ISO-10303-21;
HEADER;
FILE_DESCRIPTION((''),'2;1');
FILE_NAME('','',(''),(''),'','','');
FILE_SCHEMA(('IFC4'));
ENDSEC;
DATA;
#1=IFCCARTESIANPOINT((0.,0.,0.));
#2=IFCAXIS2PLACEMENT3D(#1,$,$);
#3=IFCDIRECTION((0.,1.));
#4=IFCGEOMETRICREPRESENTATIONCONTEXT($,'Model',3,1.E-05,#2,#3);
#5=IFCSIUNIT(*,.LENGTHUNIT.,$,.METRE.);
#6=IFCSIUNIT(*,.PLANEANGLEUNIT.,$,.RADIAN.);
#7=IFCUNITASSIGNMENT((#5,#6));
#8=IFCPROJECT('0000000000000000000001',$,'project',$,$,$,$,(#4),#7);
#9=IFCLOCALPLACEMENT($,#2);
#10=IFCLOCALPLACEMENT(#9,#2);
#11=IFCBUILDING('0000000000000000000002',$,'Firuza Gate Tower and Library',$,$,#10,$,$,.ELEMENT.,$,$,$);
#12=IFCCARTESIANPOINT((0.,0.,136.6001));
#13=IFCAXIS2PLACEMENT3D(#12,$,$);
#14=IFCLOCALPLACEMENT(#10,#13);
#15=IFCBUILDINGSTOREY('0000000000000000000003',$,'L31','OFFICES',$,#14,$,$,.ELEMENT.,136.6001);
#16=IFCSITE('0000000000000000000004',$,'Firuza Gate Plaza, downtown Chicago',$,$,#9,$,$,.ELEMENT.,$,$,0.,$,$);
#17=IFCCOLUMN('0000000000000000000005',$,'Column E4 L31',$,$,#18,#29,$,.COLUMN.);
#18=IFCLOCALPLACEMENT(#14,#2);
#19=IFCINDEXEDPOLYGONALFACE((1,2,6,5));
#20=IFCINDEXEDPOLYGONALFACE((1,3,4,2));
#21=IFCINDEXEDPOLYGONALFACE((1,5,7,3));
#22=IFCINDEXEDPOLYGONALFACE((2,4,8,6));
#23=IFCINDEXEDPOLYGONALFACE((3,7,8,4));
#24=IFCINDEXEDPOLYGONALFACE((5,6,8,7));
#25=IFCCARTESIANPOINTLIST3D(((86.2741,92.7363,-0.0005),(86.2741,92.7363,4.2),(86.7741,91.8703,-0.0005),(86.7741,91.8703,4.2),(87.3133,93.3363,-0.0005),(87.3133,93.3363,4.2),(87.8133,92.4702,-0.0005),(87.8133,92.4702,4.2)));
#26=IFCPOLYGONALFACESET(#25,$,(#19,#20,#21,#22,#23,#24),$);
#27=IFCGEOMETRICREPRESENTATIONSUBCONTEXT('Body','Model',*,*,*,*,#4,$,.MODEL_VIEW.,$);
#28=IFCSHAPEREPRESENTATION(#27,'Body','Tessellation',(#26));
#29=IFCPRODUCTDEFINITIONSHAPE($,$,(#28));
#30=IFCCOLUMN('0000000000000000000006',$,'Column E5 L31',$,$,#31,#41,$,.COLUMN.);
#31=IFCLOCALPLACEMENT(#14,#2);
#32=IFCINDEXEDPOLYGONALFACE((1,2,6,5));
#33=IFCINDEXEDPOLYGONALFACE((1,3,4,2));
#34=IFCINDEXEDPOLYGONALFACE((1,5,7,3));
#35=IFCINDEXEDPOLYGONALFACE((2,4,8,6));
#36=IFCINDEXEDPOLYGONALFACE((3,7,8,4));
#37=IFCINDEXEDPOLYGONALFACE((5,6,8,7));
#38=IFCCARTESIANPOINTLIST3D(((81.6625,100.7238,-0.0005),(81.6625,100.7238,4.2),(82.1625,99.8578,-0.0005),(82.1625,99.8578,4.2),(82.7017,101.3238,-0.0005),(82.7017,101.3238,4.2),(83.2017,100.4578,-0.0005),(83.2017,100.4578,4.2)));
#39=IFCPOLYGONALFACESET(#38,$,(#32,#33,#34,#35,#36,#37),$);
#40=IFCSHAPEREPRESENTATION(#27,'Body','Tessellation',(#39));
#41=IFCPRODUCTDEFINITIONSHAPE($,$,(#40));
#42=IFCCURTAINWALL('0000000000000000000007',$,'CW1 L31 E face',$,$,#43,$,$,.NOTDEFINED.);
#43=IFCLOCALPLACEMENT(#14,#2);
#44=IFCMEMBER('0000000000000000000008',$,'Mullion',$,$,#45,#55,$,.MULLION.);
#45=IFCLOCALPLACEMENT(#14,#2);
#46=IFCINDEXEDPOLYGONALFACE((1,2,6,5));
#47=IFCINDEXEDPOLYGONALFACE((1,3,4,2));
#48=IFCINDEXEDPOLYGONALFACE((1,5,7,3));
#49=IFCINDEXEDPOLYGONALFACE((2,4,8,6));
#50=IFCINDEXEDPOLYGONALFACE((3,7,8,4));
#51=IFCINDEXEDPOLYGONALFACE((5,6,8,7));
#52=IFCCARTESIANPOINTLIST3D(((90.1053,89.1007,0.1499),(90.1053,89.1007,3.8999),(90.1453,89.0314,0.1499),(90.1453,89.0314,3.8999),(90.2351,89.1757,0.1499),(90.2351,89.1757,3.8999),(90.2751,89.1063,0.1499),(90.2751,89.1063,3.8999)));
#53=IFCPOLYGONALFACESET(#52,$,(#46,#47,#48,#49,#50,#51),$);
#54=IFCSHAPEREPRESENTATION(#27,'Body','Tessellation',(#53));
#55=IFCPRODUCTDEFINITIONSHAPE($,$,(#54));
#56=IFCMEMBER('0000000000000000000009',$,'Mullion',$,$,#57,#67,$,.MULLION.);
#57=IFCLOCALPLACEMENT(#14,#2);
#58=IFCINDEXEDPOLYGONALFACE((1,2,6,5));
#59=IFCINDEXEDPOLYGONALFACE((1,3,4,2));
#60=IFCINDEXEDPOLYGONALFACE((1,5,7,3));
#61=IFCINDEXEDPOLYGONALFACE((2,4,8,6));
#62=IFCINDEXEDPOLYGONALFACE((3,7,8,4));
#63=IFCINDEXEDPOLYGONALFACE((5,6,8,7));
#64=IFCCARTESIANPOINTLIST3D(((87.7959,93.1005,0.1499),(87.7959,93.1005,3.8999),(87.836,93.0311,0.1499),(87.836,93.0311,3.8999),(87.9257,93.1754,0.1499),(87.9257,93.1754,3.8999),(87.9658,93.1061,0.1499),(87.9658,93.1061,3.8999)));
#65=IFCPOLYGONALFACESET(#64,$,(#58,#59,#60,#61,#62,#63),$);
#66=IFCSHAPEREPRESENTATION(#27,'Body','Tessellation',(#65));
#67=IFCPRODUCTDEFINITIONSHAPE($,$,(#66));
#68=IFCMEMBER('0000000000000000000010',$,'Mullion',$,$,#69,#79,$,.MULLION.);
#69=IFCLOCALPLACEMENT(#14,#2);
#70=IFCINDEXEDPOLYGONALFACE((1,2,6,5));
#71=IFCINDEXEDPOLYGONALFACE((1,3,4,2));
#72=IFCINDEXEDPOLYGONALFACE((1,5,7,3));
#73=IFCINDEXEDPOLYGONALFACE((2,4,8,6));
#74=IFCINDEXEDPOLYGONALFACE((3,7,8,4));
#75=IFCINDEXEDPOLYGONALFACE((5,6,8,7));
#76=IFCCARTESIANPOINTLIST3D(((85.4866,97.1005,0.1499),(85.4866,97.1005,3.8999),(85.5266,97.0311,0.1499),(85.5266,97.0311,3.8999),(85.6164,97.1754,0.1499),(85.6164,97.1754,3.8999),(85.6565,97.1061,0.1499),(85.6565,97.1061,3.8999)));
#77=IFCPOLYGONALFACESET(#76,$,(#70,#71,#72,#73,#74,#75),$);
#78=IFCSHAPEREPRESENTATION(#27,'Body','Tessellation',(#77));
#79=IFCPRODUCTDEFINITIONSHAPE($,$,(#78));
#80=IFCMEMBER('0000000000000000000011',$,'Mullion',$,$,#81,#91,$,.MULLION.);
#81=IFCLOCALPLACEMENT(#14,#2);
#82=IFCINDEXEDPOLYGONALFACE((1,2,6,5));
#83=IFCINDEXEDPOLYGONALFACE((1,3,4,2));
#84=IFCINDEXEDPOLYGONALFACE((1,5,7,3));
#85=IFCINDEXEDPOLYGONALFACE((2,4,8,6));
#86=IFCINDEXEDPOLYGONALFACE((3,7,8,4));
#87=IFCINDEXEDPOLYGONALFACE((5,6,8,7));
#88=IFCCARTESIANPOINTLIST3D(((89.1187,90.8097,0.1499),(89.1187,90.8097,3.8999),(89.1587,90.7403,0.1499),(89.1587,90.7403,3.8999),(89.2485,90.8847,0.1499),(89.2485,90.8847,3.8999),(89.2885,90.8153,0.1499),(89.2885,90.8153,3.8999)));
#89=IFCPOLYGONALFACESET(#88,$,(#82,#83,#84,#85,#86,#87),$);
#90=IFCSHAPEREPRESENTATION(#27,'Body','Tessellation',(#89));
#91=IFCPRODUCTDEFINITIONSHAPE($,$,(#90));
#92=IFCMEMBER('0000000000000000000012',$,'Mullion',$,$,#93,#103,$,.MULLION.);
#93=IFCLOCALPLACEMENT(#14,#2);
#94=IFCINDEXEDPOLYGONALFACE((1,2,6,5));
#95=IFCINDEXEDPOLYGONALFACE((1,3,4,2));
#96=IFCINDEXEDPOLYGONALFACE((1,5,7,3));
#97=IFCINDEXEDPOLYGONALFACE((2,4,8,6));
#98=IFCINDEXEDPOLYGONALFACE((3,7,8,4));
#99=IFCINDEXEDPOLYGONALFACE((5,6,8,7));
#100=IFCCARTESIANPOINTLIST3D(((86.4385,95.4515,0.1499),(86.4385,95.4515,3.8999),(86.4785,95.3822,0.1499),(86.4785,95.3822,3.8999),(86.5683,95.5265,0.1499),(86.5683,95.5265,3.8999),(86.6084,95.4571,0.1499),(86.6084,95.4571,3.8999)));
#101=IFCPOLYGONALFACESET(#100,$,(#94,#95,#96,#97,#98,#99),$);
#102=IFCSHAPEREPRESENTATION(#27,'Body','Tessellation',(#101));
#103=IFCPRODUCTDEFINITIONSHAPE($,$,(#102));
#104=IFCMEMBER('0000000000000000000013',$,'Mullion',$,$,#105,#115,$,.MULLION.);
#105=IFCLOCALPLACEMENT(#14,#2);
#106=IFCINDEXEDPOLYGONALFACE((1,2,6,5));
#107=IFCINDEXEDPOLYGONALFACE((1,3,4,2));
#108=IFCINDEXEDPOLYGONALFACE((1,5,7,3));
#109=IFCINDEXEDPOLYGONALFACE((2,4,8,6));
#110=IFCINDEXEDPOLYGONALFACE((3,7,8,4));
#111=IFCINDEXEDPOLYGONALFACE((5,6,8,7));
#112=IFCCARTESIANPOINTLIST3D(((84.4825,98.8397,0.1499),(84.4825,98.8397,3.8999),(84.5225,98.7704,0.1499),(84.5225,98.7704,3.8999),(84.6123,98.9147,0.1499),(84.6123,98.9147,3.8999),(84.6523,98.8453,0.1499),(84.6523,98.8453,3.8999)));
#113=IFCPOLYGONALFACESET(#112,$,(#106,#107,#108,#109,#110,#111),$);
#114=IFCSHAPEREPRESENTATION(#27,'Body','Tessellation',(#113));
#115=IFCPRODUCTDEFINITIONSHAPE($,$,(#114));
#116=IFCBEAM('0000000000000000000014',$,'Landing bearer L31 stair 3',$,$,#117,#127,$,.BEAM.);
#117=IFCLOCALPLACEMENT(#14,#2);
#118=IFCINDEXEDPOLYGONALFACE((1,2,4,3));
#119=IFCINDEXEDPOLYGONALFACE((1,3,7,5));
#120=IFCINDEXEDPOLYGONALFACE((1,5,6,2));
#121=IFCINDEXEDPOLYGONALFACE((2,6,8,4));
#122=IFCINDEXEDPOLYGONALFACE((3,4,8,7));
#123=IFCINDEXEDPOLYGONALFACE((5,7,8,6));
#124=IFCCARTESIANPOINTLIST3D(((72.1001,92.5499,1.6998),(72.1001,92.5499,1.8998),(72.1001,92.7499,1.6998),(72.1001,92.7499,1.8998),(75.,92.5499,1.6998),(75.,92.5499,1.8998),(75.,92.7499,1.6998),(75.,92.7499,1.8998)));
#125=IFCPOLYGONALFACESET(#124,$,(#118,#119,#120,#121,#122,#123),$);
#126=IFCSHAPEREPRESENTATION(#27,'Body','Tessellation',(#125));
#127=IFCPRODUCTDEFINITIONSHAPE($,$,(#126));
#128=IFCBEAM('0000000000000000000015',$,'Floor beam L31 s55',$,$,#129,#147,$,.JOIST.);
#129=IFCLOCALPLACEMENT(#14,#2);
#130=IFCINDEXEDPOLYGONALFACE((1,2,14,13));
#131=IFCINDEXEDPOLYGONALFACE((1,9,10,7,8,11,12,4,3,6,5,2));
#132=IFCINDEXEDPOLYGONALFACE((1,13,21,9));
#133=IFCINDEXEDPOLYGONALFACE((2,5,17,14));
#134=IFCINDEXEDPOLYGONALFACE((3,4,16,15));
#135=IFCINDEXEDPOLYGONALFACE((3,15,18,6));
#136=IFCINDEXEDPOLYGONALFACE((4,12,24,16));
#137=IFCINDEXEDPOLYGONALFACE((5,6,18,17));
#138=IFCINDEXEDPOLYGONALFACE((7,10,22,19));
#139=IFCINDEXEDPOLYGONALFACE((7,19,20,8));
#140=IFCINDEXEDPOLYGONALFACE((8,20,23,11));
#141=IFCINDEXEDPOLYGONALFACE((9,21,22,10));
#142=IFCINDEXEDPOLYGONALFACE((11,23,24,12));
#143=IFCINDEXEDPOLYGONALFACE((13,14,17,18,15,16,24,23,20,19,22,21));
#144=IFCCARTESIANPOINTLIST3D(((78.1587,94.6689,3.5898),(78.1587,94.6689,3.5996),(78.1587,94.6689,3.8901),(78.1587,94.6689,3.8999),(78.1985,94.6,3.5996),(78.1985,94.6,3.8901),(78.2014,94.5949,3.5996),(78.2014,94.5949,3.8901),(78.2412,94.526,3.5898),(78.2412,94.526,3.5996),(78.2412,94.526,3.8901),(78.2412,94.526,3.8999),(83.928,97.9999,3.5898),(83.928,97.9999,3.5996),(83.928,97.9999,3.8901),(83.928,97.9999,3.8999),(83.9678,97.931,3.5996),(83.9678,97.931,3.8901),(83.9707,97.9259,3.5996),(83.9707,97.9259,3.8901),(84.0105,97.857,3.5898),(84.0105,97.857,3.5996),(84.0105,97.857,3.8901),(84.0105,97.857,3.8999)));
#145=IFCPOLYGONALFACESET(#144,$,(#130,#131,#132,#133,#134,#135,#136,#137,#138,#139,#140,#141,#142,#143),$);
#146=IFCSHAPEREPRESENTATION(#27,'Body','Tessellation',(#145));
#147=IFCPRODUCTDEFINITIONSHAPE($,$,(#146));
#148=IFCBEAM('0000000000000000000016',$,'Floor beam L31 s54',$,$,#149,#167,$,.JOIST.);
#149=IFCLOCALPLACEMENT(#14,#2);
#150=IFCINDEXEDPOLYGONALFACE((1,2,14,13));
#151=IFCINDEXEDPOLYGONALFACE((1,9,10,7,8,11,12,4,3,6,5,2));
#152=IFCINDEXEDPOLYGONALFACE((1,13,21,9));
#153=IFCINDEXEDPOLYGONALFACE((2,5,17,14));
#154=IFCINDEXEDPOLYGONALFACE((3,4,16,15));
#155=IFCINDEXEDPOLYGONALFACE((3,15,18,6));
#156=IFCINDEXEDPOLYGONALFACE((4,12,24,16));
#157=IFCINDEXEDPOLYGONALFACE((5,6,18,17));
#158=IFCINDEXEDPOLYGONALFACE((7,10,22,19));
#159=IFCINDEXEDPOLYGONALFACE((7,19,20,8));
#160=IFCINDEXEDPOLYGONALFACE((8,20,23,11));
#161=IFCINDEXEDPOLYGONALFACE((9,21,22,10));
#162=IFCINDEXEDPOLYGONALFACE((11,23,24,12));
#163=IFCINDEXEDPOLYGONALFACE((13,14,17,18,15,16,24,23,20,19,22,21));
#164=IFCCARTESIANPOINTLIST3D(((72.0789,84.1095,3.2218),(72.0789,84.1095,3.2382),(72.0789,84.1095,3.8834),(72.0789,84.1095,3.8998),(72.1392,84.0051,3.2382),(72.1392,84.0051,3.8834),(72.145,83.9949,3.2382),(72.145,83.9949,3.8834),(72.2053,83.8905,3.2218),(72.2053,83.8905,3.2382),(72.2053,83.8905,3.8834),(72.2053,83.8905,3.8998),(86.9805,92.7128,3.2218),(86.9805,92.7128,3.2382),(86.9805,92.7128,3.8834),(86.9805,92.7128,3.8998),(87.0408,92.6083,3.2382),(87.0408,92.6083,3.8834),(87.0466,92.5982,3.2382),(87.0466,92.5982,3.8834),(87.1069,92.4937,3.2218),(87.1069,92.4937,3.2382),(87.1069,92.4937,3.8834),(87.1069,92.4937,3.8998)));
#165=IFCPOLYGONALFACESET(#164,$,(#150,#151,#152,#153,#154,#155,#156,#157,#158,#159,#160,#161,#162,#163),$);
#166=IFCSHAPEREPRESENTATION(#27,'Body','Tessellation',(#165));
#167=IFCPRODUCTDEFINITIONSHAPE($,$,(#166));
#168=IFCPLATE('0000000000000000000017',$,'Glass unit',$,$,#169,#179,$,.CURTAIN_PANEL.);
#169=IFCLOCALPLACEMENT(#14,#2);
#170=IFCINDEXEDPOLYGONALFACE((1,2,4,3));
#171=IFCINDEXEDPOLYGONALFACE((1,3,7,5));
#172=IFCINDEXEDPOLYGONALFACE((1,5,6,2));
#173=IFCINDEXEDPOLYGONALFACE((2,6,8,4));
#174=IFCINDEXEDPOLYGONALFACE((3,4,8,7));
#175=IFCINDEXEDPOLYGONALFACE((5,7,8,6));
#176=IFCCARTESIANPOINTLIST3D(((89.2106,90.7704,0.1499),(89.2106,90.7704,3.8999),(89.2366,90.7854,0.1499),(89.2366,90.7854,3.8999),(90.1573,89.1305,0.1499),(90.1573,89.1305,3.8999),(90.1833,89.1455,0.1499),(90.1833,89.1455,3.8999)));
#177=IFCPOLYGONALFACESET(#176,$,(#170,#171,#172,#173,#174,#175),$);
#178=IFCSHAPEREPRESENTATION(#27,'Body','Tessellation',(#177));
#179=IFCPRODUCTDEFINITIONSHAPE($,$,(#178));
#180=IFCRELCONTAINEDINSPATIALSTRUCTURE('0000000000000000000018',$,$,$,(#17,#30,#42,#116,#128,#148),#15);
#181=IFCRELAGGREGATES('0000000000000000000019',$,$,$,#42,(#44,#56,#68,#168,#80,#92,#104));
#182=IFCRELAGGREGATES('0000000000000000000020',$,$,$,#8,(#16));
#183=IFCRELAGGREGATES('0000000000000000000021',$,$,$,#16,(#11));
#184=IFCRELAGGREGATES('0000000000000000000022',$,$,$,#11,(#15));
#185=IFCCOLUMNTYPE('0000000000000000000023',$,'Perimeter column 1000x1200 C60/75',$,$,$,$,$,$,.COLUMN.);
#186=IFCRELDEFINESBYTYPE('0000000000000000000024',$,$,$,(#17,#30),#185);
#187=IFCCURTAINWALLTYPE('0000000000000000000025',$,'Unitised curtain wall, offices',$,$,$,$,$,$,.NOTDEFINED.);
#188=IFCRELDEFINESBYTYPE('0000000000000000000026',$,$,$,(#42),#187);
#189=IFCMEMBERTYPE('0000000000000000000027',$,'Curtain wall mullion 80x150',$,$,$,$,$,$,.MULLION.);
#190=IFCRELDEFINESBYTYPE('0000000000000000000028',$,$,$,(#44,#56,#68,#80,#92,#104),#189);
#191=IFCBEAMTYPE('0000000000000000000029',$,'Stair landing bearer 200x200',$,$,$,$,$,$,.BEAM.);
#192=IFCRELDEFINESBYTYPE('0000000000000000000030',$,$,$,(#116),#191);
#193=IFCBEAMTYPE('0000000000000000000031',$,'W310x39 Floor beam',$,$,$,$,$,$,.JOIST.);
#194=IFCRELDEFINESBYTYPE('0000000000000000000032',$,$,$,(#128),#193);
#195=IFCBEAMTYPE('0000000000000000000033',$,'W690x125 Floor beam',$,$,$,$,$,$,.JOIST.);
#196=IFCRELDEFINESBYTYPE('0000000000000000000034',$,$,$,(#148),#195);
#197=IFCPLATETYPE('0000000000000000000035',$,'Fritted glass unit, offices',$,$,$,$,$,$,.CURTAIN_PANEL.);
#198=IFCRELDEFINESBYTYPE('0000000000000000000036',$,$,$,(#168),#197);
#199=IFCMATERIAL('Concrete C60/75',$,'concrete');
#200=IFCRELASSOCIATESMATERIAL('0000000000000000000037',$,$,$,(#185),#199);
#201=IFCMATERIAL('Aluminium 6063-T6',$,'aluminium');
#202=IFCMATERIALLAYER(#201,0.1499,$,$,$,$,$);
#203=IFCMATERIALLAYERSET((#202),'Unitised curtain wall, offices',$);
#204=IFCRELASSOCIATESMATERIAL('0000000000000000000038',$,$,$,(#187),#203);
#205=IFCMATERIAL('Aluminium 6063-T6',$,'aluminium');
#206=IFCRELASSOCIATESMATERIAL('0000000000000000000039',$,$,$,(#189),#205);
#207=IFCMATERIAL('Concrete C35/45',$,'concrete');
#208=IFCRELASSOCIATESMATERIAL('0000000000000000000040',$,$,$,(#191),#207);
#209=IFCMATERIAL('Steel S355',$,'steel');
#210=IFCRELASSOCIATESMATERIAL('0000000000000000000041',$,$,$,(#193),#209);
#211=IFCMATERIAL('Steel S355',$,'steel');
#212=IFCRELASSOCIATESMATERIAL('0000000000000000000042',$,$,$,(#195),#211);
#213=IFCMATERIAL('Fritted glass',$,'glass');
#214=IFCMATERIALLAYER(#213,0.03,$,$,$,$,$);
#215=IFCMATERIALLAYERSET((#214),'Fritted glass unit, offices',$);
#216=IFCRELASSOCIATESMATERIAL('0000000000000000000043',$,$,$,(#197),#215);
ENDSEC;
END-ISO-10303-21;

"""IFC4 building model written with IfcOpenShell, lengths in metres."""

from ifc_helpers import new_model, si_unit, direction, frame, origin, origin_2d, place, context, subcontext, project, spatial, polyline, rectangle, i_section, outline, extrude, material, layer, layer_set, material_profile, profile_set, type_object, element, aggregate, save


model = new_model("IFC4")

# Units and contexts
model_context = context("Model", 3, precision=1e-05, world=origin(), true_north=direction((0.0, 1.0)))
body_context = subcontext(model_context, "Body", "Model", "MODEL_VIEW")
ifc_project = project(units=[si_unit("LENGTHUNIT", "METRE"), si_unit("PLANEANGLEUNIT", "RADIAN")], contexts=[model_context])

# Site, building, storey
site_placement = place(None, origin())
site = spatial("IfcSite", under=ifc_project, at=site_placement, Name="Firuza Gate Plaza, downtown Chicago", CompositionType="ELEMENT", RefElevation=0.0)
building_placement = place(site_placement, origin())
building = spatial("IfcBuilding", under=site, at=building_placement, Name="Firuza Gate Tower and Library", CompositionType="ELEMENT")
storey_placement = place(building_placement, frame((0.0, 0.0, 136.6001)))
storey = spatial("IfcBuildingStorey", under=building, at=storey_placement, Name="L31", Description="OFFICES", CompositionType="ELEMENT", Elevation=136.6001)

# Columns
ifc_material_1 = material(Name="Concrete C60/75", Category="concrete")
ifc_material_profile_1 = material_profile(ifc_material_1, rectangle(XDim=1.0, YDim=1.2, at=origin_2d()))
ifc_profile_set_1 = profile_set([ifc_material_profile_1], Name="Concrete C60/75")
column_type = type_object("IfcColumnType", Name="Perimeter column 1000x1200 C60/75", PredefinedType="COLUMN", material=ifc_profile_set_1)
for number, where, z_axis, x_axis, name in (
    (1, (87.0437, 92.6033, -0.0005), (0.0, 0.0, 1.0), (-0.5, 0.866025, 0.0), "Column E4 L31"),
    (2, (82.4321, 100.5908, -0.0005), (0.0, 0.0, 1.0), (-0.5, 0.866025, 0.0), "Column E5 L31"),
):
    element("IfcColumn", number, at=place(storey_placement, frame(where, z_axis=z_axis, x_axis=x_axis)), inside=storey, type_object=column_type, Name=name, PredefinedType="COLUMN", context=body_context, shape_type="SweptSolid", body=[
        extrude(rectangle(XDim=1.0, YDim=1.2, at=origin_2d()), origin(), (0.0, 0.0, 1.0), 4.2004),
    ])

# Curtain wall, members
ifc_material_2 = material(Name="Aluminium 6063-T6", Category="aluminium")
ifc_layer_1 = layer(ifc_material_2, 0.1499)
ifc_layer_set_1 = layer_set([ifc_layer_1], Name="Unitised curtain wall, offices")
curtain_wall_type = type_object("IfcCurtainWallType", Name="Unitised curtain wall, offices", PredefinedType="NOTDEFINED", material=ifc_layer_set_1)
placement = place(storey_placement, origin())
curtain_wall = element("IfcCurtainWall", 3, at=placement, inside=storey, type_object=curtain_wall_type, Name="CW1 L31 E face", PredefinedType="NOTDEFINED")
ifc_material_3 = material(Name="Aluminium 6063-T6", Category="aluminium")
ifc_material_profile_2 = material_profile(ifc_material_3, rectangle(XDim=0.1499, YDim=0.0801, at=origin_2d()))
ifc_profile_set_2 = profile_set([ifc_material_profile_2], Name="Aluminium 6063-T6")
member_type = type_object("IfcMemberType", Name="Curtain wall mullion 80x150", PredefinedType="MULLION", material=ifc_profile_set_2)
member_1_placement = place(storey_placement, frame((90.1902, 89.1035, 0.1499), z_axis=(0.0, 0.0, 1.0), x_axis=(-0.866025, -0.5, 0.0)))
member_1 = element("IfcMember", 4, at=member_1_placement, type_object=member_type, Name="Mullion", PredefinedType="MULLION", context=body_context, shape_type="SweptSolid", body=[
    extrude(rectangle(XDim=0.1499, YDim=0.0801, at=origin_2d()), origin(), (0.0, 0.0, 1.0), 3.75),
])
member_2_placement = place(storey_placement, frame((87.8809, 93.1033, 0.1499), z_axis=(0.0, 0.0, 1.0), x_axis=(-0.866025, -0.5, 0.0)))
member_2 = element("IfcMember", 5, at=member_2_placement, type_object=member_type, Name="Mullion", PredefinedType="MULLION", context=body_context, shape_type="SweptSolid", body=[
    extrude(rectangle(XDim=0.1499, YDim=0.0801, at=origin_2d()), origin(), (0.0, 0.0, 1.0), 3.75),
])
member_3_placement = place(storey_placement, frame((85.5715, 97.1033, 0.1499), z_axis=(0.0, 0.0, 1.0), x_axis=(-0.866025, -0.5, 0.0)))
member_3 = element("IfcMember", 6, at=member_3_placement, type_object=member_type, Name="Mullion", PredefinedType="MULLION", context=body_context, shape_type="SweptSolid", body=[
    extrude(rectangle(XDim=0.1499, YDim=0.0801, at=origin_2d()), origin(), (0.0, 0.0, 1.0), 3.75),
])
member_4_placement = place(storey_placement, frame((89.2036, 90.8125, 0.1499), z_axis=(0.0, 0.0, 1.0), x_axis=(-0.866025, -0.5, 0.0)))
member_4 = element("IfcMember", 7, at=member_4_placement, type_object=member_type, Name="Mullion", PredefinedType="MULLION", context=body_context, shape_type="SweptSolid", body=[
    extrude(rectangle(XDim=0.1499, YDim=0.0801, at=origin_2d()), origin(), (0.0, 0.0, 1.0), 3.75),
])
member_5_placement = place(storey_placement, frame((86.5234, 95.4543, 0.1499), z_axis=(0.0, 0.0, 1.0), x_axis=(-0.866025, -0.5, 0.0)))
member_5 = element("IfcMember", 8, at=member_5_placement, type_object=member_type, Name="Mullion", PredefinedType="MULLION", context=body_context, shape_type="SweptSolid", body=[
    extrude(rectangle(XDim=0.1499, YDim=0.0801, at=origin_2d()), origin(), (0.0, 0.0, 1.0), 3.75),
])
member_6_placement = place(storey_placement, frame((84.5674, 98.8425, 0.1499), z_axis=(0.0, 0.0, 1.0), x_axis=(-0.866025, -0.5, 0.0)))
member_6 = element("IfcMember", 9, at=member_6_placement, type_object=member_type, Name="Mullion", PredefinedType="MULLION", context=body_context, shape_type="SweptSolid", body=[
    extrude(rectangle(XDim=0.1499, YDim=0.0801, at=origin_2d()), origin(), (0.0, 0.0, 1.0), 3.75),
])

# Beams
ifc_material_4 = material(Name="Concrete C35/45", Category="concrete")
ifc_material_profile_3 = material_profile(ifc_material_4, rectangle(XDim=0.2, YDim=0.2, at=origin_2d()))
ifc_profile_set_3 = profile_set([ifc_material_profile_3], Name="Concrete C35/45")
beam_type_1 = type_object("IfcBeamType", Name="Stair landing bearer 200x200", PredefinedType="BEAM", material=ifc_profile_set_3)
beam_1_placement = place(storey_placement, frame((75.0, 92.6499, 1.7998), z_axis=(-1.0, 0.0, 0.0), x_axis=(0.0, -1.0, 0.0)))
element("IfcBeam", 10, at=beam_1_placement, inside=storey, type_object=beam_type_1, Name="Landing bearer L31 stair 3", PredefinedType="BEAM", context=body_context, shape_type="SweptSolid", body=[
    extrude(rectangle(XDim=0.2, YDim=0.2, at=origin_2d()), origin(), (0.0, 0.0, 1.0), 2.8999),
])
ifc_material_5 = material(Name="Steel S355", Category="steel")
ifc_material_profile_4 = material_profile(ifc_material_5, i_section(OverallWidth=0.165, OverallDepth=0.3101, WebThickness=0.0059, FlangeThickness=0.0098, at=origin_2d()))
ifc_profile_set_4 = profile_set([ifc_material_profile_4], Name="Steel S355")
beam_type_2 = type_object("IfcBeamType", Name="W310x39 Floor beam", PredefinedType="JOIST", material=ifc_profile_set_4)
beam_2_placement = place(storey_placement, frame((83.9692, 97.9285, 3.7449), z_axis=(-0.866015, -0.500017, 0.0), x_axis=(0.500017, -0.866015, 0.0)))
element("IfcBeam", 11, at=beam_2_placement, inside=storey, type_object=beam_type_2, Name="Floor beam L31 s55", PredefinedType="JOIST", context=body_context, shape_type="SweptSolid", body=[
    extrude(i_section(OverallWidth=0.165, OverallDepth=0.3101, WebThickness=0.0059, FlangeThickness=0.0098, at=origin_2d()), origin(), (0.0, 0.0, 1.0), 6.6619),
])
ifc_material_6 = material(Name="Steel S355", Category="steel")
ifc_material_profile_5 = material_profile(ifc_material_6, i_section(OverallWidth=0.2529, OverallDepth=0.678, WebThickness=0.0117, FlangeThickness=0.0164, at=origin_2d()))
ifc_profile_set_5 = profile_set([ifc_material_profile_5], Name="Steel S355")
beam_type_3 = type_object("IfcBeamType", Name="W690x125 Floor beam", PredefinedType="JOIST", material=ifc_profile_set_5)
beam_3_placement = place(storey_placement, frame((87.0437, 92.6033, 3.5608), z_axis=(-0.86603, -0.499992, 0.0), x_axis=(0.499992, -0.86603, 0.0)))
element("IfcBeam", 12, at=beam_3_placement, inside=storey, type_object=beam_type_3, Name="Floor beam L31 s54", PredefinedType="JOIST", context=body_context, shape_type="SweptSolid", body=[
    extrude(i_section(OverallWidth=0.2529, OverallDepth=0.678, WebThickness=0.0117, FlangeThickness=0.0164, at=origin_2d()), origin(), (0.0, 0.0, 1.0), 17.2068),
])

# Plate
ifc_material_7 = material(Name="Fritted glass", Category="glass")
ifc_layer_2 = layer(ifc_material_7, 0.03)
ifc_layer_set_2 = layer_set([ifc_layer_2], Name="Fritted glass unit, offices")
plate_type_1 = type_object("IfcPlateType", Name="Fritted glass unit, offices", PredefinedType="CURTAIN_PANEL", material=ifc_layer_set_2)
plate_1_placement = place(storey_placement, frame((90.1833, 89.1455, 0.1499), z_axis=(0.866029, 0.499994, 0.0), x_axis=(-0.499994, 0.866029, 0.0)))
plate_1 = element("IfcPlate", 13, at=plate_1_placement, type_object=plate_type_1, Name="Glass unit", PredefinedType="CURTAIN_PANEL", context=body_context, shape_type="SweptSolid", body=[
    extrude(outline(polyline([(0.0, 0.0), (1.8936, 0.0), (1.8936, 3.75), (0.0, 3.75), (0.0, 0.0)])), origin(), (0.0, 0.0, -1.0), 0.03),
])
aggregate(curtain_wall, [member_1, member_2, member_3, plate_1, member_4, member_5, member_6])

save(model, "model.ifc")
